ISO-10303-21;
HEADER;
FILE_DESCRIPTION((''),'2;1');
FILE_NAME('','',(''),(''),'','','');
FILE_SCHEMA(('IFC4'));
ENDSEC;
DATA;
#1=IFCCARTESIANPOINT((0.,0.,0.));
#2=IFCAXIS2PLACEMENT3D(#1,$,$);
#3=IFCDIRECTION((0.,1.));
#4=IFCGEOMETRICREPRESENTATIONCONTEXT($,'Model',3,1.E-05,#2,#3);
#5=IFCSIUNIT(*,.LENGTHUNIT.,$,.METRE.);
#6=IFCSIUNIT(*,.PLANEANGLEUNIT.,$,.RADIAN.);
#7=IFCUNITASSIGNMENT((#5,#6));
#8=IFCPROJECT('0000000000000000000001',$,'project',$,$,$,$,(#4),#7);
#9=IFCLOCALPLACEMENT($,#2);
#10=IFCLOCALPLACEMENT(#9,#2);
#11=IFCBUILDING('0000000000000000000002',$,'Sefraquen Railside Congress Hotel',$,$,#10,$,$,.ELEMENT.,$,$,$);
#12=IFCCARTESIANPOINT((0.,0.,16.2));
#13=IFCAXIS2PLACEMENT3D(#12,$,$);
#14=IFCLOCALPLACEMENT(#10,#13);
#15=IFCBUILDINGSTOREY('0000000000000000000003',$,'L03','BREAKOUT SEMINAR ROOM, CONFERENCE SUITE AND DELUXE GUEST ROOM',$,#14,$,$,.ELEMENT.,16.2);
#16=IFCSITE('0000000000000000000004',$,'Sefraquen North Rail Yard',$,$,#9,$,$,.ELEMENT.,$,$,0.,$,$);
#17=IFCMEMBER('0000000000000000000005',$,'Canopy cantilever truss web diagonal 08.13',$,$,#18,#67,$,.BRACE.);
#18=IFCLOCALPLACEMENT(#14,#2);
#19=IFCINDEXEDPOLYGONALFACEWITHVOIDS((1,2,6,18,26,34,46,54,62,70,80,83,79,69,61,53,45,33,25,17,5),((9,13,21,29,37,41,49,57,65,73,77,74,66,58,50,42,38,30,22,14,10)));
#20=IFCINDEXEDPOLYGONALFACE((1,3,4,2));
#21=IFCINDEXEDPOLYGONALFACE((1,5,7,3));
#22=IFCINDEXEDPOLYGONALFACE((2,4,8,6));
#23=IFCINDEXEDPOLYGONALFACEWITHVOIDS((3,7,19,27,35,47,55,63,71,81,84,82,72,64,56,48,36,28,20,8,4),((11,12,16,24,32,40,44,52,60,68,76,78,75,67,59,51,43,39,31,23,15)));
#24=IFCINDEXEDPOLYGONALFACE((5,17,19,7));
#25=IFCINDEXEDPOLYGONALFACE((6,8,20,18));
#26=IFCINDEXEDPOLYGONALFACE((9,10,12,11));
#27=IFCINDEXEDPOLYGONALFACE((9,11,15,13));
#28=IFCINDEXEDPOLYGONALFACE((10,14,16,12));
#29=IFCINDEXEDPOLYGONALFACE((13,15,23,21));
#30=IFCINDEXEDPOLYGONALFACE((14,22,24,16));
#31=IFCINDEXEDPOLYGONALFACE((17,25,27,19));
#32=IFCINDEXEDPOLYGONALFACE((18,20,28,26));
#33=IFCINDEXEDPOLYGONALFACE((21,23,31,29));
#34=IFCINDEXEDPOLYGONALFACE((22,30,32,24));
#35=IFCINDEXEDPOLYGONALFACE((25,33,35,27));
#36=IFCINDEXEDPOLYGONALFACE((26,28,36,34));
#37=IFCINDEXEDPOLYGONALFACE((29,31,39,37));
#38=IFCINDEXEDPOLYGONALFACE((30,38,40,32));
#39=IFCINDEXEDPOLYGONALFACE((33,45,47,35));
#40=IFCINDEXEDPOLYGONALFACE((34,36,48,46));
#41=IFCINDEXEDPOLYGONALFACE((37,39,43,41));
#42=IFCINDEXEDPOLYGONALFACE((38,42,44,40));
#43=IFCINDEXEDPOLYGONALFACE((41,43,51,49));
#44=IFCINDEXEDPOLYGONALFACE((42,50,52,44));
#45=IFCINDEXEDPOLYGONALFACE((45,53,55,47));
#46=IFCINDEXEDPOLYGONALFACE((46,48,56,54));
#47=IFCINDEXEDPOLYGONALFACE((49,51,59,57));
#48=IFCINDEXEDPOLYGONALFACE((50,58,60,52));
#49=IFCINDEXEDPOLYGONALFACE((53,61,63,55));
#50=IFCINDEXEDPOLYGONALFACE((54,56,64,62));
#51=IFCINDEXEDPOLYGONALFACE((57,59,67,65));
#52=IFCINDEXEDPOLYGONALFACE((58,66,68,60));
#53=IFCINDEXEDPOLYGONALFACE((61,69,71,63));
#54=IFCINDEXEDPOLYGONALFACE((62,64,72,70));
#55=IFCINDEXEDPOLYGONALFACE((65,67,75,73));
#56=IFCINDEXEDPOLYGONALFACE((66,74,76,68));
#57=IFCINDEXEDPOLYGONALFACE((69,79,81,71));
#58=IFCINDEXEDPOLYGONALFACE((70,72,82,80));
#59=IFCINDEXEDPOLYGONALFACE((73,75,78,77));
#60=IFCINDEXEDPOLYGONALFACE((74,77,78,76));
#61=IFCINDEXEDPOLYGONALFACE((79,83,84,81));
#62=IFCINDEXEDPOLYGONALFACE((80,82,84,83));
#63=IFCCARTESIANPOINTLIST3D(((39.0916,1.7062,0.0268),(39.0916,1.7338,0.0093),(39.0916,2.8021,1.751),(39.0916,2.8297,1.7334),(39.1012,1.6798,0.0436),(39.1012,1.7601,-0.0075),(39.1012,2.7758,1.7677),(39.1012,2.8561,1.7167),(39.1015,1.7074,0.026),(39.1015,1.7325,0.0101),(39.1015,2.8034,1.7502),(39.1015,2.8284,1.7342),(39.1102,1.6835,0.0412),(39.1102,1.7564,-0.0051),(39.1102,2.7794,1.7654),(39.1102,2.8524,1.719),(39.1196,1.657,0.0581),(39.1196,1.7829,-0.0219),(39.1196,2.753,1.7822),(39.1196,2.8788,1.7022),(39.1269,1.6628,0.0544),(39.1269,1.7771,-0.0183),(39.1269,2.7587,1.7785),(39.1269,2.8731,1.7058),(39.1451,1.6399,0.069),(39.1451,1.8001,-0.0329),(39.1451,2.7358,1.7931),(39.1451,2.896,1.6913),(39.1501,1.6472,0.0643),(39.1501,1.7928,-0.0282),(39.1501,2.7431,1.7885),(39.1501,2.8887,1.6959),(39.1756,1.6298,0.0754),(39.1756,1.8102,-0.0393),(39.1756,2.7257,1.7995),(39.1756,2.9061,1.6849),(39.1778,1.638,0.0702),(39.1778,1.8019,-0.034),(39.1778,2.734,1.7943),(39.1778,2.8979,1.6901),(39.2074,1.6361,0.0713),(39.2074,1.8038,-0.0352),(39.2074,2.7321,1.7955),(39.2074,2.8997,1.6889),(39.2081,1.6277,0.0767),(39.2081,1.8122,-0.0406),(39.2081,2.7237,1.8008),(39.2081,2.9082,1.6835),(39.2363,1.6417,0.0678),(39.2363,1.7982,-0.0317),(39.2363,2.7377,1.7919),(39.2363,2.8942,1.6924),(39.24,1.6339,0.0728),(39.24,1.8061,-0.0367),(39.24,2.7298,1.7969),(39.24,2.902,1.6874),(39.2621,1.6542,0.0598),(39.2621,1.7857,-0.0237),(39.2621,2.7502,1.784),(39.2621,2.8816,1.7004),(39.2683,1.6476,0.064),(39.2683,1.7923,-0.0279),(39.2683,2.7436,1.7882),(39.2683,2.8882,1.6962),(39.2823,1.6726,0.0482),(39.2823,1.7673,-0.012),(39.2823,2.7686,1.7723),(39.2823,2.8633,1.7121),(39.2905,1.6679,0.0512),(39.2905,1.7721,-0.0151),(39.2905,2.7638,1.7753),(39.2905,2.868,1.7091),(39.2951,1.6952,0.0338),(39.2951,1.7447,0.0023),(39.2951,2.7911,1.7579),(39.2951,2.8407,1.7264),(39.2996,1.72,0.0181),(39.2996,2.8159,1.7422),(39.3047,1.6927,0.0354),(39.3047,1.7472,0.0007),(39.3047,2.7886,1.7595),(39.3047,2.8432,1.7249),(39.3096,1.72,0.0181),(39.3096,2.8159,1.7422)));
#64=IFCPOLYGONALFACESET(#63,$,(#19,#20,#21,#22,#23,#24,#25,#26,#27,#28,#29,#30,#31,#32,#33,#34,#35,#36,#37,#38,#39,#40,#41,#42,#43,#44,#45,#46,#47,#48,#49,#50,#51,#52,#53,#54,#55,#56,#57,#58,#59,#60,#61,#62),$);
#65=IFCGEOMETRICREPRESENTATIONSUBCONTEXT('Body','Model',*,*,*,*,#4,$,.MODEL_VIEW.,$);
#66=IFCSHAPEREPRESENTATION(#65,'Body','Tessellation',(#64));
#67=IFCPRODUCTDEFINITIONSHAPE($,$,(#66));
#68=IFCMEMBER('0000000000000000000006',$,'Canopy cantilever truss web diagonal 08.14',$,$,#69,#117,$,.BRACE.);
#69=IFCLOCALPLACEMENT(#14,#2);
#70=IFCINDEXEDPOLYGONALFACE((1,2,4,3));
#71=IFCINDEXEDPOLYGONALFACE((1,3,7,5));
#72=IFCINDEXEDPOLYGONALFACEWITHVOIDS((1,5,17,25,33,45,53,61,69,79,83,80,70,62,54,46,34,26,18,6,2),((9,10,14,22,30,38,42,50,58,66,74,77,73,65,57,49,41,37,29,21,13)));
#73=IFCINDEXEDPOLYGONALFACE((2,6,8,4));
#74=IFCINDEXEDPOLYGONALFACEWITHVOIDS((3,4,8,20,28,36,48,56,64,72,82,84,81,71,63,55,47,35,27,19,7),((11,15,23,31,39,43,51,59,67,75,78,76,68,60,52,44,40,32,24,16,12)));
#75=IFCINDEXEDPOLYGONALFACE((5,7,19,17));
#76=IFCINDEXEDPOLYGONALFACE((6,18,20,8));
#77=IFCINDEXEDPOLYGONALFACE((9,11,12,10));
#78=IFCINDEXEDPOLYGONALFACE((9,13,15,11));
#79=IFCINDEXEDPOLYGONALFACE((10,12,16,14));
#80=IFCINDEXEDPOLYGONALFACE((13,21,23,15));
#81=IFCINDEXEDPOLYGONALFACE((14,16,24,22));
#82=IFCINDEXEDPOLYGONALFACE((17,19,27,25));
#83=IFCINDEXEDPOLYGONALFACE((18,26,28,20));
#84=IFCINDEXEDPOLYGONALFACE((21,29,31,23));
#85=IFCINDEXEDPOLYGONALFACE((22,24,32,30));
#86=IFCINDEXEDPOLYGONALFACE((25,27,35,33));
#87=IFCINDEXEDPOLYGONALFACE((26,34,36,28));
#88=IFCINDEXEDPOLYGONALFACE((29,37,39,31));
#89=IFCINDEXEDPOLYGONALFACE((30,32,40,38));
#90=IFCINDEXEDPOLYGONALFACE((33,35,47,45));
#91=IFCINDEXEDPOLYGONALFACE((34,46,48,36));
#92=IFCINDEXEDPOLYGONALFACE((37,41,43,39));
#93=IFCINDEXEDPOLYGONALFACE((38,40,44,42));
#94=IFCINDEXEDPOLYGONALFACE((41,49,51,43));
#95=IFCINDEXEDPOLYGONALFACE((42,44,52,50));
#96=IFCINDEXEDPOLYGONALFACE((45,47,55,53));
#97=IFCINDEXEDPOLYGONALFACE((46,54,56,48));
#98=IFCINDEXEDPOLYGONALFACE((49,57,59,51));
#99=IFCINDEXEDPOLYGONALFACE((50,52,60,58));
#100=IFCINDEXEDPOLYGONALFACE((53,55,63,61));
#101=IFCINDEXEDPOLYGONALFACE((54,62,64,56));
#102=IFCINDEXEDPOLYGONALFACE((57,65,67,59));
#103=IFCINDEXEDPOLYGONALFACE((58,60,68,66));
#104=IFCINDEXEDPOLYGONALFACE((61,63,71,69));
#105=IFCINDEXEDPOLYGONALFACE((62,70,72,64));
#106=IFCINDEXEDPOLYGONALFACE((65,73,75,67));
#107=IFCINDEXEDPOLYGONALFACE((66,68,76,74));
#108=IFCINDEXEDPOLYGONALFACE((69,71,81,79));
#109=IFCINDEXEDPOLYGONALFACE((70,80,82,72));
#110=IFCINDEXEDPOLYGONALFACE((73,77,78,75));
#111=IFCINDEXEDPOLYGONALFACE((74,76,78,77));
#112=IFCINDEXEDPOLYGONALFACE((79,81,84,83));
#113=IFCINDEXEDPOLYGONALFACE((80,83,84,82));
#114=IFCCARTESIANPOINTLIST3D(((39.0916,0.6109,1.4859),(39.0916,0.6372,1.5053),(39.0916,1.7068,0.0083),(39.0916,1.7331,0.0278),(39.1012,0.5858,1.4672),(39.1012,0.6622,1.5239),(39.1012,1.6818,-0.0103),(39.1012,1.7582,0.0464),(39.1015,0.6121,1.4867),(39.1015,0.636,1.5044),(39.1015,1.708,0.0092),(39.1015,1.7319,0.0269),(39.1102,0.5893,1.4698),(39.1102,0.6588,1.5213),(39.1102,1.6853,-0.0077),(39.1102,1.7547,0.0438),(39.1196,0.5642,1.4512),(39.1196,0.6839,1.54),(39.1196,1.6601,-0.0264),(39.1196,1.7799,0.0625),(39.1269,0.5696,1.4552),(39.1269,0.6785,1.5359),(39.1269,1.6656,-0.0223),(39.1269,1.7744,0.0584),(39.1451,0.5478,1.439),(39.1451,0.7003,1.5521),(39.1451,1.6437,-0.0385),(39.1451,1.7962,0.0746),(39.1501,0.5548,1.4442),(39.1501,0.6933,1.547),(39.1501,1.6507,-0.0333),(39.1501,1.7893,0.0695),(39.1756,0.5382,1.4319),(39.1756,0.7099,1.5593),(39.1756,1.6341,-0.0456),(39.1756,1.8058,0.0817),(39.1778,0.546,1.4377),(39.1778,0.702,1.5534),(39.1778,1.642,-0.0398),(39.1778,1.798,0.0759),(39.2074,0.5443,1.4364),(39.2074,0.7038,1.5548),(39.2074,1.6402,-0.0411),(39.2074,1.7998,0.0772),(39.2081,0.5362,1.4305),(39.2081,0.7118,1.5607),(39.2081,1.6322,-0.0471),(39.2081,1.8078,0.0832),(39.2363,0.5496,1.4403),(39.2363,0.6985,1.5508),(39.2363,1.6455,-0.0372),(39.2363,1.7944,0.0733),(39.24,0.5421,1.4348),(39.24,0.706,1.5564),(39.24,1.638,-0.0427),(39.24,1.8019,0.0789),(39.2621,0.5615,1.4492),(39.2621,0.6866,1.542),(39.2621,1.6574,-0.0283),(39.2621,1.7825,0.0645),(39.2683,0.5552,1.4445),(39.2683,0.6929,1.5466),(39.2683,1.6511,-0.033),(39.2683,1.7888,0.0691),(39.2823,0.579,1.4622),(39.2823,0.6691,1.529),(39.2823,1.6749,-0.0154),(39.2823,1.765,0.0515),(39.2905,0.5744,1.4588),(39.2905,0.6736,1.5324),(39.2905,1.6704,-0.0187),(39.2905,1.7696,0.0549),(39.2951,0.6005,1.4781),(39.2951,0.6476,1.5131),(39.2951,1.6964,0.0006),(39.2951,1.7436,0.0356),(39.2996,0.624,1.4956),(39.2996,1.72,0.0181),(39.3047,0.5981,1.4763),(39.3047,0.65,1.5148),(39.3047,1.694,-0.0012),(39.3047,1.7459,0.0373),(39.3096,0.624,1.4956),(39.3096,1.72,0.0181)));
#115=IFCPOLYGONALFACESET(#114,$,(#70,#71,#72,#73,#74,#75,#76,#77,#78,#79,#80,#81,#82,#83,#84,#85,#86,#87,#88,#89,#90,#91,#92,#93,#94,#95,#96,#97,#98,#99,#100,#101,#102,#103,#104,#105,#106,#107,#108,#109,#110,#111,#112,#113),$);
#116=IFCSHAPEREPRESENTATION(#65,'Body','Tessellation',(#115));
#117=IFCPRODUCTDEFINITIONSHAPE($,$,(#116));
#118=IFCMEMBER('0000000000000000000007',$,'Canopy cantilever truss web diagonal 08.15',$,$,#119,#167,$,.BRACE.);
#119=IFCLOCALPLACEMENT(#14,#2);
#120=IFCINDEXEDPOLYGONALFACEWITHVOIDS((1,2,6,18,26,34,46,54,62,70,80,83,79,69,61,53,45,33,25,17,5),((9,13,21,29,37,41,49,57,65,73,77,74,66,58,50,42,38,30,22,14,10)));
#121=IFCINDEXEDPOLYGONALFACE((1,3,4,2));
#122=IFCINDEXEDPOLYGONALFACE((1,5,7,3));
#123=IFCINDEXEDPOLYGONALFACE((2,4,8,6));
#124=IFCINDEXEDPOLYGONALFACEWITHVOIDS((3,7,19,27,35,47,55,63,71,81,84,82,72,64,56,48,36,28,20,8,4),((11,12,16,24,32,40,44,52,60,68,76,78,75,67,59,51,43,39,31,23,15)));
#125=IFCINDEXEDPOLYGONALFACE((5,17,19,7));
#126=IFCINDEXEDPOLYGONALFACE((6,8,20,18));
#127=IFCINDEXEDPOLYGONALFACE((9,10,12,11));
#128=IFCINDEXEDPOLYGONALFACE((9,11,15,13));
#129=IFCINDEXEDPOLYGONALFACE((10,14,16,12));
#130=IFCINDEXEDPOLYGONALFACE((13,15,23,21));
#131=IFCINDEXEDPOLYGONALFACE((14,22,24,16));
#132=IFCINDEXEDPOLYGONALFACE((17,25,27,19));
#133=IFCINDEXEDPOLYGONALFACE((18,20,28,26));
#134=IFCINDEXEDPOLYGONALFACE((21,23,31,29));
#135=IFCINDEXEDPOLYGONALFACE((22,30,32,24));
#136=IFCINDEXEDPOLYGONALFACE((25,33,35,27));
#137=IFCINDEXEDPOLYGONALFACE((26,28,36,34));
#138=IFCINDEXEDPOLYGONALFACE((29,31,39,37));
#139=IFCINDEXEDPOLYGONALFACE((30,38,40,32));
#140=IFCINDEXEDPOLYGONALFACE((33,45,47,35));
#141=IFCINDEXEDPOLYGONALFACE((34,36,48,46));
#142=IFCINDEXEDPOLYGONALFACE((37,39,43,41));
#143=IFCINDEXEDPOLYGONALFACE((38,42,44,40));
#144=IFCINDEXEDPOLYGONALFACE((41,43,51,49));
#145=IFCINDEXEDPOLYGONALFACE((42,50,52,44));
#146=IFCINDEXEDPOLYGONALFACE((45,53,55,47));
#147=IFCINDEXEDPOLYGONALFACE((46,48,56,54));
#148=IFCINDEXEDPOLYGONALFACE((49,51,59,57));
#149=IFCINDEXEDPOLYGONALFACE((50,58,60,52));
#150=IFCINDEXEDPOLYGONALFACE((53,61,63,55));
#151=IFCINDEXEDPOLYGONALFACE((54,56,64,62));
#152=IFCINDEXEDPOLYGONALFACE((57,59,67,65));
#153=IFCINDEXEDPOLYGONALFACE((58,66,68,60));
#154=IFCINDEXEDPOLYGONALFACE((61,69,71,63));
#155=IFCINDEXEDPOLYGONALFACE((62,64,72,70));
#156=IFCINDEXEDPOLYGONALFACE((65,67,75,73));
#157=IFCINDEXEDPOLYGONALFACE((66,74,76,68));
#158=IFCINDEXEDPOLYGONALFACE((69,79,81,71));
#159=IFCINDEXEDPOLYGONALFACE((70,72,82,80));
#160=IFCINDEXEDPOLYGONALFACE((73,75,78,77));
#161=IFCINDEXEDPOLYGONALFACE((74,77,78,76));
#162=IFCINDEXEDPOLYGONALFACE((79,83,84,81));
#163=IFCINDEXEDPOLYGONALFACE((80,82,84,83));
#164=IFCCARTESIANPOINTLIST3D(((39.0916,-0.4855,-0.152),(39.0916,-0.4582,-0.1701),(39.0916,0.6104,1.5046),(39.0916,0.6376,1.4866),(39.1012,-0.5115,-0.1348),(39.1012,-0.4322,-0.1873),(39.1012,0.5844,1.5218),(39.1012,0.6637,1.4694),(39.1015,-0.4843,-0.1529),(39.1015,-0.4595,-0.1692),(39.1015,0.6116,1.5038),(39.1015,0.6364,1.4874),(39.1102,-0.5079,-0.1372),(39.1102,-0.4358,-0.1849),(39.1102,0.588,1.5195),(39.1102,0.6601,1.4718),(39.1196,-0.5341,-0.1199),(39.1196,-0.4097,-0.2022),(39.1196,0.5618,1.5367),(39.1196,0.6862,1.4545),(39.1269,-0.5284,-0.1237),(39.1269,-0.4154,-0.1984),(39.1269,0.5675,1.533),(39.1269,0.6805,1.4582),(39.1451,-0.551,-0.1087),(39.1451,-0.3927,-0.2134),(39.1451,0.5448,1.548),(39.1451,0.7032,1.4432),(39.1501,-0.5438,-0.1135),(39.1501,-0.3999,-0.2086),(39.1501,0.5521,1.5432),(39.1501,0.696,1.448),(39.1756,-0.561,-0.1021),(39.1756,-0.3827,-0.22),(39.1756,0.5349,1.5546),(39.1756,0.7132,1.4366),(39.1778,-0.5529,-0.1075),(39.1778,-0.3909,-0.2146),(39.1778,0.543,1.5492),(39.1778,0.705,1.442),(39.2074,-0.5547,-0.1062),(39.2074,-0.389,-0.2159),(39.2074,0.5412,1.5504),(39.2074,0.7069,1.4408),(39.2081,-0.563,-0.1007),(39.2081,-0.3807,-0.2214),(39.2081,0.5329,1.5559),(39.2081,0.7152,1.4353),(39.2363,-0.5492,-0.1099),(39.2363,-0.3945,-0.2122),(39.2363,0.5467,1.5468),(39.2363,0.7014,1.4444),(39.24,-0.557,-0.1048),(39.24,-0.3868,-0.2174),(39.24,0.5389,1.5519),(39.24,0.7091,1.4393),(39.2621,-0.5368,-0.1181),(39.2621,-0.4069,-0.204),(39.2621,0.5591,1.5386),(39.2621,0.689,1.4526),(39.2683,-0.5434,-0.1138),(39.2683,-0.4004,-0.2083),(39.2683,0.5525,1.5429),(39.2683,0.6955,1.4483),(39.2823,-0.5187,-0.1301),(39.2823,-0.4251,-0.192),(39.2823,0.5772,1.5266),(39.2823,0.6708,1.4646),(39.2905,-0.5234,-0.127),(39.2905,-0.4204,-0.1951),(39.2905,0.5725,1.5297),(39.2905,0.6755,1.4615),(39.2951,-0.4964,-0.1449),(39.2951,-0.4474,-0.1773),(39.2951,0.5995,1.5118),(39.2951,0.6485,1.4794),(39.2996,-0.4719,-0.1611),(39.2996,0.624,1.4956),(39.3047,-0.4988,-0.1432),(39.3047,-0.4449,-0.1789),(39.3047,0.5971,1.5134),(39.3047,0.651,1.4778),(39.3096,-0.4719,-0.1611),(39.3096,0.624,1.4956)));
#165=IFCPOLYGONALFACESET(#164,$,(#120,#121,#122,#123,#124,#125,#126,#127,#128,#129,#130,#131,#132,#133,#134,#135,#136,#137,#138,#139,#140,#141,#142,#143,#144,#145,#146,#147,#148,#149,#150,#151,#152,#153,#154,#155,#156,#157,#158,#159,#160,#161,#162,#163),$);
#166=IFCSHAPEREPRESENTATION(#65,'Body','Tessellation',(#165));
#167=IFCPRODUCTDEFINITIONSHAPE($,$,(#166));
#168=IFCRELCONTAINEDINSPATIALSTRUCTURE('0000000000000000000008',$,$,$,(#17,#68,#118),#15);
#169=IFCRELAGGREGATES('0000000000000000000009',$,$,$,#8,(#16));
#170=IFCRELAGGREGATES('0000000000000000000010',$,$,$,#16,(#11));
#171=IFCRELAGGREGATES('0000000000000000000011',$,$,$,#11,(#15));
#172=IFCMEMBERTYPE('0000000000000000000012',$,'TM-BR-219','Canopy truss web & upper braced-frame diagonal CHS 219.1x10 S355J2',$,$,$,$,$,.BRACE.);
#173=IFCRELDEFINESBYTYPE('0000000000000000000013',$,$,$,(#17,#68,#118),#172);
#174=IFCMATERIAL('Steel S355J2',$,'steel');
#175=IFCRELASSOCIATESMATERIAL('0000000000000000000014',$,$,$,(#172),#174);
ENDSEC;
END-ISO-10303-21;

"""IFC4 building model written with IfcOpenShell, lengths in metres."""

from ifc_helpers import new_model, si_unit, direction, frame, origin, origin_2d, place, context, subcontext, project, spatial, hollow_circle, extrude, material, material_profile, profile_set, type_object, element, save


model = new_model("IFC4")

# Units and contexts
model_context = context("Model", 3, precision=1e-05, world=origin(), true_north=direction((0.0, 1.0)))
body_context = subcontext(model_context, "Body", "Model", "MODEL_VIEW")
ifc_project = project(units=[si_unit("LENGTHUNIT", "METRE"), si_unit("PLANEANGLEUNIT", "RADIAN")], contexts=[model_context])

# Site, building, storey
site_placement = place(None, origin())
site = spatial("IfcSite", under=ifc_project, at=site_placement, Name="Sefraquen North Rail Yard", CompositionType="ELEMENT", RefElevation=0.0)
building_placement = place(site_placement, origin())
building = spatial("IfcBuilding", under=site, at=building_placement, Name="Sefraquen Railside Congress Hotel", CompositionType="ELEMENT")
storey_placement = place(building_placement, frame((0.0, 0.0, 16.2)))
storey = spatial("IfcBuildingStorey", under=building, at=storey_placement, Name="L03", Description="BREAKOUT SEMINAR ROOM, CONFERENCE SUITE AND DELUXE GUEST ROOM", CompositionType="ELEMENT", Elevation=16.2)

# Members
ifc_material_1 = material(Name="Steel S355J2", Category="steel")
ifc_material_profile_1 = material_profile(ifc_material_1, hollow_circle(Radius=0.1096, WallThickness=0.01, at=origin_2d()), Name="CHS 219.1x10")
ifc_profile_set_1 = profile_set([ifc_material_profile_1], Name="Steel S355J2")
member_type_1 = type_object("IfcMemberType", Name="TM-BR-219", Description="Canopy truss web & upper braced-frame diagonal CHS 219.1x10 S355J2", PredefinedType="BRACE", material=ifc_profile_set_1)
member_1_placement = place(storey_placement, frame((39.2, 2.8159, 1.7422), z_axis=(0.0, -0.53645, -0.843932), x_axis=(1.0, 0.0, 0.0)))
element("IfcMember", 1, at=member_1_placement, inside=storey, type_object=member_type_1, Name="Canopy cantilever truss web diagonal 08.13", PredefinedType="BRACE", context=body_context, shape_type="SweptSolid", body=[
    extrude(hollow_circle(Radius=0.1096, WallThickness=0.01, at=origin_2d()), origin(), (0.0, 0.0, 1.0), 2.043),
])
member_2_placement = place(storey_placement, frame((39.2, 1.72, 0.0181), z_axis=(0.0, -0.595745, 0.803174), x_axis=(1.0, 0.0, 0.0)))
element("IfcMember", 2, at=member_2_placement, inside=storey, type_object=member_type_1, Name="Canopy cantilever truss web diagonal 08.14", PredefinedType="BRACE", context=body_context, shape_type="SweptSolid", body=[
    extrude(hollow_circle(Radius=0.1096, WallThickness=0.01, at=origin_2d()), origin(), (0.0, 0.0, 1.0), 1.8396),
])
member_3_placement = place(storey_placement, frame((39.2, 0.624, 1.4956), z_axis=(0.0, -0.551719, -0.83403), x_axis=(1.0, 0.0, 0.0)))
element("IfcMember", 3, at=member_3_placement, inside=storey, type_object=member_type_1, Name="Canopy cantilever truss web diagonal 08.15", PredefinedType="BRACE", context=body_context, shape_type="SweptSolid", body=[
    extrude(hollow_circle(Radius=0.1096, WallThickness=0.01, at=origin_2d()), origin(), (0.0, 0.0, 1.0), 1.9863),
])

save(model, "model.ifc")
